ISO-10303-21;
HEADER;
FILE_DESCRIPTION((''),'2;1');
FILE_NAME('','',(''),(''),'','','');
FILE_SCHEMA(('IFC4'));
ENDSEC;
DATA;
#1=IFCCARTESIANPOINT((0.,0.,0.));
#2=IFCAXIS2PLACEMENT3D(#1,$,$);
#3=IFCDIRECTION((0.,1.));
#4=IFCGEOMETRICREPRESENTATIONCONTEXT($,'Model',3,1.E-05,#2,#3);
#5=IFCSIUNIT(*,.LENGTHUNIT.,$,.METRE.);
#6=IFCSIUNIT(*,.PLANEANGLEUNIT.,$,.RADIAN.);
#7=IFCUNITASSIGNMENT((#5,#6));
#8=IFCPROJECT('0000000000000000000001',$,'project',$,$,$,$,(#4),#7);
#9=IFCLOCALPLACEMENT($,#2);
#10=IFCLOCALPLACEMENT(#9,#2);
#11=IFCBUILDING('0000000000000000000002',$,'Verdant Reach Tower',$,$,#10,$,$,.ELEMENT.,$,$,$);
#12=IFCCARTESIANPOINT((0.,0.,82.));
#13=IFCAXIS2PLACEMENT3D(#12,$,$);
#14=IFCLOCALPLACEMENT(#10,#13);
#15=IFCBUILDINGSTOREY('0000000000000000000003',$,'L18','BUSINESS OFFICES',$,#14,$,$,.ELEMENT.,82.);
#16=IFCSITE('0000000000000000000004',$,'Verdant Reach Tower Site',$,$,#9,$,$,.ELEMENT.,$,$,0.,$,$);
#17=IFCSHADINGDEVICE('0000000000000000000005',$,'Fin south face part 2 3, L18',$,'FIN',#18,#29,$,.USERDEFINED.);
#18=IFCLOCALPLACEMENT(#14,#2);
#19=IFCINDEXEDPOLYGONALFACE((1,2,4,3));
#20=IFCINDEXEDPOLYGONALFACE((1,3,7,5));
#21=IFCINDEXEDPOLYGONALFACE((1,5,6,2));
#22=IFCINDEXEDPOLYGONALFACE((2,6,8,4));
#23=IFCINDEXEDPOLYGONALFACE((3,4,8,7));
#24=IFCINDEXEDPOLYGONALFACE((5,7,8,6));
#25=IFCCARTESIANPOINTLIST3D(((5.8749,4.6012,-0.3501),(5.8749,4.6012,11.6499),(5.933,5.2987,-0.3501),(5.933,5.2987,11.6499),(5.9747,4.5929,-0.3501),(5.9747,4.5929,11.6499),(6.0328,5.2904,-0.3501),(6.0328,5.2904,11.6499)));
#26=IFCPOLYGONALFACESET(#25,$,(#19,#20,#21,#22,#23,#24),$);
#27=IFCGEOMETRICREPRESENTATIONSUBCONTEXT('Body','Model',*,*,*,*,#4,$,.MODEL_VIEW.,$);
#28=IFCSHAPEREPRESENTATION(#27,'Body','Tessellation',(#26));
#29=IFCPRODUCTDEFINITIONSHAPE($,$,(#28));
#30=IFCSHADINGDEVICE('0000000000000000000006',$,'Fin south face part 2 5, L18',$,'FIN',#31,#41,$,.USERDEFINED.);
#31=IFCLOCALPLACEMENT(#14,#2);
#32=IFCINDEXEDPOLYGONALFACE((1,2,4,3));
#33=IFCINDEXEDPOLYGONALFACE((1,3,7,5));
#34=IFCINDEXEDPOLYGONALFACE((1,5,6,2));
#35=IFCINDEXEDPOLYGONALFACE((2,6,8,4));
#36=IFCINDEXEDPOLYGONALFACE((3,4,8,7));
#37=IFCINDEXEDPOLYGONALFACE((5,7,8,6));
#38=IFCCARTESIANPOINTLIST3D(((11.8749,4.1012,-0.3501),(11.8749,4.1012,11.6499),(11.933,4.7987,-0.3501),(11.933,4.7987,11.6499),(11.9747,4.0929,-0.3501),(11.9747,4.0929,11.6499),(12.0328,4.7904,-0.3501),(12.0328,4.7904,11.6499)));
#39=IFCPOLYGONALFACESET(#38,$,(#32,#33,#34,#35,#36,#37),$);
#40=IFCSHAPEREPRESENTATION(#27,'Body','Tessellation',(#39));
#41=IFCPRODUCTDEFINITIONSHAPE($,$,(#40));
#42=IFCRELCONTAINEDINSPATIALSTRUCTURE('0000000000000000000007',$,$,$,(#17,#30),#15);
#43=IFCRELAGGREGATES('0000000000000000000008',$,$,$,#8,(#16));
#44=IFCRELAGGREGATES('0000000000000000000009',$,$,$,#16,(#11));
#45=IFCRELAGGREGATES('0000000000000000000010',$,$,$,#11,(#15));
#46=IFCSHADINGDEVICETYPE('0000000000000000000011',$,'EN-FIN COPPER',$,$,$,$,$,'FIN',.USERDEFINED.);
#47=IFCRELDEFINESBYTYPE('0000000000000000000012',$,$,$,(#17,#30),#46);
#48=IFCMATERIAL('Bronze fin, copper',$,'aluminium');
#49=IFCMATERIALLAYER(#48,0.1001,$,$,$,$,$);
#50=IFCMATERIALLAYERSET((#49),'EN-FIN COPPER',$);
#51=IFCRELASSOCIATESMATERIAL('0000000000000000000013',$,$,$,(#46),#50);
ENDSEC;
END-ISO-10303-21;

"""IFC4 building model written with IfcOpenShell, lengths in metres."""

from ifc_helpers import new_model, si_unit, direction, frame, origin, origin_2d, place, context, subcontext, project, spatial, rectangle, extrude, material, layer, layer_set, type_object, element, save


model = new_model("IFC4")

# Units and contexts
model_context = context("Model", 3, precision=1e-05, world=origin(), true_north=direction((0.0, 1.0)))
body_context = subcontext(model_context, "Body", "Model", "MODEL_VIEW")
ifc_project = project(units=[si_unit("LENGTHUNIT", "METRE"), si_unit("PLANEANGLEUNIT", "RADIAN")], contexts=[model_context])

# Site, building, storey
site_placement = place(None, origin())
site = spatial("IfcSite", under=ifc_project, at=site_placement, Name="Verdant Reach Tower Site", CompositionType="ELEMENT", RefElevation=0.0)
building_placement = place(site_placement, origin())
building = spatial("IfcBuilding", under=site, at=building_placement, Name="Verdant Reach Tower", CompositionType="ELEMENT")
storey_placement = place(building_placement, frame((0.0, 0.0, 82.0)))
storey = spatial("IfcBuildingStorey", under=building, at=storey_placement, Name="L18", Description="BUSINESS OFFICES", CompositionType="ELEMENT", Elevation=82.0)

# Shading devices
ifc_material_1 = material(Name="Bronze fin, copper", Category="aluminium")
ifc_layer_1 = layer(ifc_material_1, 0.1001)
ifc_layer_set_1 = layer_set([ifc_layer_1], Name="EN-FIN COPPER")
shading_device_type = type_object("IfcShadingDeviceType", Name="EN-FIN COPPER", ElementType="FIN", PredefinedType="USERDEFINED", material=ifc_layer_set_1)
for number, where, z_axis, x_axis, name in (
    (1, (5.9539, 4.9458, -0.3501), (0.0, 0.0, 1.0), (0.996546, -0.083045, 0.0), "Fin south face part 2 3, L18"),
    (2, (11.9539, 4.4458, -0.3501), (0.0, 0.0, 1.0), (0.996546, -0.083045, 0.0), "Fin south face part 2 5, L18"),
):
    element("IfcShadingDevice", number, at=place(storey_placement, frame(where, z_axis=z_axis, x_axis=x_axis)), inside=storey, type_object=shading_device_type, Name=name, ObjectType="FIN", PredefinedType="USERDEFINED", context=body_context, shape_type="SweptSolid", body=[
        extrude(rectangle(XDim=0.1001, YDim=0.7, at=origin_2d()), origin(), (0.0, 0.0, 1.0), 12.0),
    ])

save(model, "model.ifc")
